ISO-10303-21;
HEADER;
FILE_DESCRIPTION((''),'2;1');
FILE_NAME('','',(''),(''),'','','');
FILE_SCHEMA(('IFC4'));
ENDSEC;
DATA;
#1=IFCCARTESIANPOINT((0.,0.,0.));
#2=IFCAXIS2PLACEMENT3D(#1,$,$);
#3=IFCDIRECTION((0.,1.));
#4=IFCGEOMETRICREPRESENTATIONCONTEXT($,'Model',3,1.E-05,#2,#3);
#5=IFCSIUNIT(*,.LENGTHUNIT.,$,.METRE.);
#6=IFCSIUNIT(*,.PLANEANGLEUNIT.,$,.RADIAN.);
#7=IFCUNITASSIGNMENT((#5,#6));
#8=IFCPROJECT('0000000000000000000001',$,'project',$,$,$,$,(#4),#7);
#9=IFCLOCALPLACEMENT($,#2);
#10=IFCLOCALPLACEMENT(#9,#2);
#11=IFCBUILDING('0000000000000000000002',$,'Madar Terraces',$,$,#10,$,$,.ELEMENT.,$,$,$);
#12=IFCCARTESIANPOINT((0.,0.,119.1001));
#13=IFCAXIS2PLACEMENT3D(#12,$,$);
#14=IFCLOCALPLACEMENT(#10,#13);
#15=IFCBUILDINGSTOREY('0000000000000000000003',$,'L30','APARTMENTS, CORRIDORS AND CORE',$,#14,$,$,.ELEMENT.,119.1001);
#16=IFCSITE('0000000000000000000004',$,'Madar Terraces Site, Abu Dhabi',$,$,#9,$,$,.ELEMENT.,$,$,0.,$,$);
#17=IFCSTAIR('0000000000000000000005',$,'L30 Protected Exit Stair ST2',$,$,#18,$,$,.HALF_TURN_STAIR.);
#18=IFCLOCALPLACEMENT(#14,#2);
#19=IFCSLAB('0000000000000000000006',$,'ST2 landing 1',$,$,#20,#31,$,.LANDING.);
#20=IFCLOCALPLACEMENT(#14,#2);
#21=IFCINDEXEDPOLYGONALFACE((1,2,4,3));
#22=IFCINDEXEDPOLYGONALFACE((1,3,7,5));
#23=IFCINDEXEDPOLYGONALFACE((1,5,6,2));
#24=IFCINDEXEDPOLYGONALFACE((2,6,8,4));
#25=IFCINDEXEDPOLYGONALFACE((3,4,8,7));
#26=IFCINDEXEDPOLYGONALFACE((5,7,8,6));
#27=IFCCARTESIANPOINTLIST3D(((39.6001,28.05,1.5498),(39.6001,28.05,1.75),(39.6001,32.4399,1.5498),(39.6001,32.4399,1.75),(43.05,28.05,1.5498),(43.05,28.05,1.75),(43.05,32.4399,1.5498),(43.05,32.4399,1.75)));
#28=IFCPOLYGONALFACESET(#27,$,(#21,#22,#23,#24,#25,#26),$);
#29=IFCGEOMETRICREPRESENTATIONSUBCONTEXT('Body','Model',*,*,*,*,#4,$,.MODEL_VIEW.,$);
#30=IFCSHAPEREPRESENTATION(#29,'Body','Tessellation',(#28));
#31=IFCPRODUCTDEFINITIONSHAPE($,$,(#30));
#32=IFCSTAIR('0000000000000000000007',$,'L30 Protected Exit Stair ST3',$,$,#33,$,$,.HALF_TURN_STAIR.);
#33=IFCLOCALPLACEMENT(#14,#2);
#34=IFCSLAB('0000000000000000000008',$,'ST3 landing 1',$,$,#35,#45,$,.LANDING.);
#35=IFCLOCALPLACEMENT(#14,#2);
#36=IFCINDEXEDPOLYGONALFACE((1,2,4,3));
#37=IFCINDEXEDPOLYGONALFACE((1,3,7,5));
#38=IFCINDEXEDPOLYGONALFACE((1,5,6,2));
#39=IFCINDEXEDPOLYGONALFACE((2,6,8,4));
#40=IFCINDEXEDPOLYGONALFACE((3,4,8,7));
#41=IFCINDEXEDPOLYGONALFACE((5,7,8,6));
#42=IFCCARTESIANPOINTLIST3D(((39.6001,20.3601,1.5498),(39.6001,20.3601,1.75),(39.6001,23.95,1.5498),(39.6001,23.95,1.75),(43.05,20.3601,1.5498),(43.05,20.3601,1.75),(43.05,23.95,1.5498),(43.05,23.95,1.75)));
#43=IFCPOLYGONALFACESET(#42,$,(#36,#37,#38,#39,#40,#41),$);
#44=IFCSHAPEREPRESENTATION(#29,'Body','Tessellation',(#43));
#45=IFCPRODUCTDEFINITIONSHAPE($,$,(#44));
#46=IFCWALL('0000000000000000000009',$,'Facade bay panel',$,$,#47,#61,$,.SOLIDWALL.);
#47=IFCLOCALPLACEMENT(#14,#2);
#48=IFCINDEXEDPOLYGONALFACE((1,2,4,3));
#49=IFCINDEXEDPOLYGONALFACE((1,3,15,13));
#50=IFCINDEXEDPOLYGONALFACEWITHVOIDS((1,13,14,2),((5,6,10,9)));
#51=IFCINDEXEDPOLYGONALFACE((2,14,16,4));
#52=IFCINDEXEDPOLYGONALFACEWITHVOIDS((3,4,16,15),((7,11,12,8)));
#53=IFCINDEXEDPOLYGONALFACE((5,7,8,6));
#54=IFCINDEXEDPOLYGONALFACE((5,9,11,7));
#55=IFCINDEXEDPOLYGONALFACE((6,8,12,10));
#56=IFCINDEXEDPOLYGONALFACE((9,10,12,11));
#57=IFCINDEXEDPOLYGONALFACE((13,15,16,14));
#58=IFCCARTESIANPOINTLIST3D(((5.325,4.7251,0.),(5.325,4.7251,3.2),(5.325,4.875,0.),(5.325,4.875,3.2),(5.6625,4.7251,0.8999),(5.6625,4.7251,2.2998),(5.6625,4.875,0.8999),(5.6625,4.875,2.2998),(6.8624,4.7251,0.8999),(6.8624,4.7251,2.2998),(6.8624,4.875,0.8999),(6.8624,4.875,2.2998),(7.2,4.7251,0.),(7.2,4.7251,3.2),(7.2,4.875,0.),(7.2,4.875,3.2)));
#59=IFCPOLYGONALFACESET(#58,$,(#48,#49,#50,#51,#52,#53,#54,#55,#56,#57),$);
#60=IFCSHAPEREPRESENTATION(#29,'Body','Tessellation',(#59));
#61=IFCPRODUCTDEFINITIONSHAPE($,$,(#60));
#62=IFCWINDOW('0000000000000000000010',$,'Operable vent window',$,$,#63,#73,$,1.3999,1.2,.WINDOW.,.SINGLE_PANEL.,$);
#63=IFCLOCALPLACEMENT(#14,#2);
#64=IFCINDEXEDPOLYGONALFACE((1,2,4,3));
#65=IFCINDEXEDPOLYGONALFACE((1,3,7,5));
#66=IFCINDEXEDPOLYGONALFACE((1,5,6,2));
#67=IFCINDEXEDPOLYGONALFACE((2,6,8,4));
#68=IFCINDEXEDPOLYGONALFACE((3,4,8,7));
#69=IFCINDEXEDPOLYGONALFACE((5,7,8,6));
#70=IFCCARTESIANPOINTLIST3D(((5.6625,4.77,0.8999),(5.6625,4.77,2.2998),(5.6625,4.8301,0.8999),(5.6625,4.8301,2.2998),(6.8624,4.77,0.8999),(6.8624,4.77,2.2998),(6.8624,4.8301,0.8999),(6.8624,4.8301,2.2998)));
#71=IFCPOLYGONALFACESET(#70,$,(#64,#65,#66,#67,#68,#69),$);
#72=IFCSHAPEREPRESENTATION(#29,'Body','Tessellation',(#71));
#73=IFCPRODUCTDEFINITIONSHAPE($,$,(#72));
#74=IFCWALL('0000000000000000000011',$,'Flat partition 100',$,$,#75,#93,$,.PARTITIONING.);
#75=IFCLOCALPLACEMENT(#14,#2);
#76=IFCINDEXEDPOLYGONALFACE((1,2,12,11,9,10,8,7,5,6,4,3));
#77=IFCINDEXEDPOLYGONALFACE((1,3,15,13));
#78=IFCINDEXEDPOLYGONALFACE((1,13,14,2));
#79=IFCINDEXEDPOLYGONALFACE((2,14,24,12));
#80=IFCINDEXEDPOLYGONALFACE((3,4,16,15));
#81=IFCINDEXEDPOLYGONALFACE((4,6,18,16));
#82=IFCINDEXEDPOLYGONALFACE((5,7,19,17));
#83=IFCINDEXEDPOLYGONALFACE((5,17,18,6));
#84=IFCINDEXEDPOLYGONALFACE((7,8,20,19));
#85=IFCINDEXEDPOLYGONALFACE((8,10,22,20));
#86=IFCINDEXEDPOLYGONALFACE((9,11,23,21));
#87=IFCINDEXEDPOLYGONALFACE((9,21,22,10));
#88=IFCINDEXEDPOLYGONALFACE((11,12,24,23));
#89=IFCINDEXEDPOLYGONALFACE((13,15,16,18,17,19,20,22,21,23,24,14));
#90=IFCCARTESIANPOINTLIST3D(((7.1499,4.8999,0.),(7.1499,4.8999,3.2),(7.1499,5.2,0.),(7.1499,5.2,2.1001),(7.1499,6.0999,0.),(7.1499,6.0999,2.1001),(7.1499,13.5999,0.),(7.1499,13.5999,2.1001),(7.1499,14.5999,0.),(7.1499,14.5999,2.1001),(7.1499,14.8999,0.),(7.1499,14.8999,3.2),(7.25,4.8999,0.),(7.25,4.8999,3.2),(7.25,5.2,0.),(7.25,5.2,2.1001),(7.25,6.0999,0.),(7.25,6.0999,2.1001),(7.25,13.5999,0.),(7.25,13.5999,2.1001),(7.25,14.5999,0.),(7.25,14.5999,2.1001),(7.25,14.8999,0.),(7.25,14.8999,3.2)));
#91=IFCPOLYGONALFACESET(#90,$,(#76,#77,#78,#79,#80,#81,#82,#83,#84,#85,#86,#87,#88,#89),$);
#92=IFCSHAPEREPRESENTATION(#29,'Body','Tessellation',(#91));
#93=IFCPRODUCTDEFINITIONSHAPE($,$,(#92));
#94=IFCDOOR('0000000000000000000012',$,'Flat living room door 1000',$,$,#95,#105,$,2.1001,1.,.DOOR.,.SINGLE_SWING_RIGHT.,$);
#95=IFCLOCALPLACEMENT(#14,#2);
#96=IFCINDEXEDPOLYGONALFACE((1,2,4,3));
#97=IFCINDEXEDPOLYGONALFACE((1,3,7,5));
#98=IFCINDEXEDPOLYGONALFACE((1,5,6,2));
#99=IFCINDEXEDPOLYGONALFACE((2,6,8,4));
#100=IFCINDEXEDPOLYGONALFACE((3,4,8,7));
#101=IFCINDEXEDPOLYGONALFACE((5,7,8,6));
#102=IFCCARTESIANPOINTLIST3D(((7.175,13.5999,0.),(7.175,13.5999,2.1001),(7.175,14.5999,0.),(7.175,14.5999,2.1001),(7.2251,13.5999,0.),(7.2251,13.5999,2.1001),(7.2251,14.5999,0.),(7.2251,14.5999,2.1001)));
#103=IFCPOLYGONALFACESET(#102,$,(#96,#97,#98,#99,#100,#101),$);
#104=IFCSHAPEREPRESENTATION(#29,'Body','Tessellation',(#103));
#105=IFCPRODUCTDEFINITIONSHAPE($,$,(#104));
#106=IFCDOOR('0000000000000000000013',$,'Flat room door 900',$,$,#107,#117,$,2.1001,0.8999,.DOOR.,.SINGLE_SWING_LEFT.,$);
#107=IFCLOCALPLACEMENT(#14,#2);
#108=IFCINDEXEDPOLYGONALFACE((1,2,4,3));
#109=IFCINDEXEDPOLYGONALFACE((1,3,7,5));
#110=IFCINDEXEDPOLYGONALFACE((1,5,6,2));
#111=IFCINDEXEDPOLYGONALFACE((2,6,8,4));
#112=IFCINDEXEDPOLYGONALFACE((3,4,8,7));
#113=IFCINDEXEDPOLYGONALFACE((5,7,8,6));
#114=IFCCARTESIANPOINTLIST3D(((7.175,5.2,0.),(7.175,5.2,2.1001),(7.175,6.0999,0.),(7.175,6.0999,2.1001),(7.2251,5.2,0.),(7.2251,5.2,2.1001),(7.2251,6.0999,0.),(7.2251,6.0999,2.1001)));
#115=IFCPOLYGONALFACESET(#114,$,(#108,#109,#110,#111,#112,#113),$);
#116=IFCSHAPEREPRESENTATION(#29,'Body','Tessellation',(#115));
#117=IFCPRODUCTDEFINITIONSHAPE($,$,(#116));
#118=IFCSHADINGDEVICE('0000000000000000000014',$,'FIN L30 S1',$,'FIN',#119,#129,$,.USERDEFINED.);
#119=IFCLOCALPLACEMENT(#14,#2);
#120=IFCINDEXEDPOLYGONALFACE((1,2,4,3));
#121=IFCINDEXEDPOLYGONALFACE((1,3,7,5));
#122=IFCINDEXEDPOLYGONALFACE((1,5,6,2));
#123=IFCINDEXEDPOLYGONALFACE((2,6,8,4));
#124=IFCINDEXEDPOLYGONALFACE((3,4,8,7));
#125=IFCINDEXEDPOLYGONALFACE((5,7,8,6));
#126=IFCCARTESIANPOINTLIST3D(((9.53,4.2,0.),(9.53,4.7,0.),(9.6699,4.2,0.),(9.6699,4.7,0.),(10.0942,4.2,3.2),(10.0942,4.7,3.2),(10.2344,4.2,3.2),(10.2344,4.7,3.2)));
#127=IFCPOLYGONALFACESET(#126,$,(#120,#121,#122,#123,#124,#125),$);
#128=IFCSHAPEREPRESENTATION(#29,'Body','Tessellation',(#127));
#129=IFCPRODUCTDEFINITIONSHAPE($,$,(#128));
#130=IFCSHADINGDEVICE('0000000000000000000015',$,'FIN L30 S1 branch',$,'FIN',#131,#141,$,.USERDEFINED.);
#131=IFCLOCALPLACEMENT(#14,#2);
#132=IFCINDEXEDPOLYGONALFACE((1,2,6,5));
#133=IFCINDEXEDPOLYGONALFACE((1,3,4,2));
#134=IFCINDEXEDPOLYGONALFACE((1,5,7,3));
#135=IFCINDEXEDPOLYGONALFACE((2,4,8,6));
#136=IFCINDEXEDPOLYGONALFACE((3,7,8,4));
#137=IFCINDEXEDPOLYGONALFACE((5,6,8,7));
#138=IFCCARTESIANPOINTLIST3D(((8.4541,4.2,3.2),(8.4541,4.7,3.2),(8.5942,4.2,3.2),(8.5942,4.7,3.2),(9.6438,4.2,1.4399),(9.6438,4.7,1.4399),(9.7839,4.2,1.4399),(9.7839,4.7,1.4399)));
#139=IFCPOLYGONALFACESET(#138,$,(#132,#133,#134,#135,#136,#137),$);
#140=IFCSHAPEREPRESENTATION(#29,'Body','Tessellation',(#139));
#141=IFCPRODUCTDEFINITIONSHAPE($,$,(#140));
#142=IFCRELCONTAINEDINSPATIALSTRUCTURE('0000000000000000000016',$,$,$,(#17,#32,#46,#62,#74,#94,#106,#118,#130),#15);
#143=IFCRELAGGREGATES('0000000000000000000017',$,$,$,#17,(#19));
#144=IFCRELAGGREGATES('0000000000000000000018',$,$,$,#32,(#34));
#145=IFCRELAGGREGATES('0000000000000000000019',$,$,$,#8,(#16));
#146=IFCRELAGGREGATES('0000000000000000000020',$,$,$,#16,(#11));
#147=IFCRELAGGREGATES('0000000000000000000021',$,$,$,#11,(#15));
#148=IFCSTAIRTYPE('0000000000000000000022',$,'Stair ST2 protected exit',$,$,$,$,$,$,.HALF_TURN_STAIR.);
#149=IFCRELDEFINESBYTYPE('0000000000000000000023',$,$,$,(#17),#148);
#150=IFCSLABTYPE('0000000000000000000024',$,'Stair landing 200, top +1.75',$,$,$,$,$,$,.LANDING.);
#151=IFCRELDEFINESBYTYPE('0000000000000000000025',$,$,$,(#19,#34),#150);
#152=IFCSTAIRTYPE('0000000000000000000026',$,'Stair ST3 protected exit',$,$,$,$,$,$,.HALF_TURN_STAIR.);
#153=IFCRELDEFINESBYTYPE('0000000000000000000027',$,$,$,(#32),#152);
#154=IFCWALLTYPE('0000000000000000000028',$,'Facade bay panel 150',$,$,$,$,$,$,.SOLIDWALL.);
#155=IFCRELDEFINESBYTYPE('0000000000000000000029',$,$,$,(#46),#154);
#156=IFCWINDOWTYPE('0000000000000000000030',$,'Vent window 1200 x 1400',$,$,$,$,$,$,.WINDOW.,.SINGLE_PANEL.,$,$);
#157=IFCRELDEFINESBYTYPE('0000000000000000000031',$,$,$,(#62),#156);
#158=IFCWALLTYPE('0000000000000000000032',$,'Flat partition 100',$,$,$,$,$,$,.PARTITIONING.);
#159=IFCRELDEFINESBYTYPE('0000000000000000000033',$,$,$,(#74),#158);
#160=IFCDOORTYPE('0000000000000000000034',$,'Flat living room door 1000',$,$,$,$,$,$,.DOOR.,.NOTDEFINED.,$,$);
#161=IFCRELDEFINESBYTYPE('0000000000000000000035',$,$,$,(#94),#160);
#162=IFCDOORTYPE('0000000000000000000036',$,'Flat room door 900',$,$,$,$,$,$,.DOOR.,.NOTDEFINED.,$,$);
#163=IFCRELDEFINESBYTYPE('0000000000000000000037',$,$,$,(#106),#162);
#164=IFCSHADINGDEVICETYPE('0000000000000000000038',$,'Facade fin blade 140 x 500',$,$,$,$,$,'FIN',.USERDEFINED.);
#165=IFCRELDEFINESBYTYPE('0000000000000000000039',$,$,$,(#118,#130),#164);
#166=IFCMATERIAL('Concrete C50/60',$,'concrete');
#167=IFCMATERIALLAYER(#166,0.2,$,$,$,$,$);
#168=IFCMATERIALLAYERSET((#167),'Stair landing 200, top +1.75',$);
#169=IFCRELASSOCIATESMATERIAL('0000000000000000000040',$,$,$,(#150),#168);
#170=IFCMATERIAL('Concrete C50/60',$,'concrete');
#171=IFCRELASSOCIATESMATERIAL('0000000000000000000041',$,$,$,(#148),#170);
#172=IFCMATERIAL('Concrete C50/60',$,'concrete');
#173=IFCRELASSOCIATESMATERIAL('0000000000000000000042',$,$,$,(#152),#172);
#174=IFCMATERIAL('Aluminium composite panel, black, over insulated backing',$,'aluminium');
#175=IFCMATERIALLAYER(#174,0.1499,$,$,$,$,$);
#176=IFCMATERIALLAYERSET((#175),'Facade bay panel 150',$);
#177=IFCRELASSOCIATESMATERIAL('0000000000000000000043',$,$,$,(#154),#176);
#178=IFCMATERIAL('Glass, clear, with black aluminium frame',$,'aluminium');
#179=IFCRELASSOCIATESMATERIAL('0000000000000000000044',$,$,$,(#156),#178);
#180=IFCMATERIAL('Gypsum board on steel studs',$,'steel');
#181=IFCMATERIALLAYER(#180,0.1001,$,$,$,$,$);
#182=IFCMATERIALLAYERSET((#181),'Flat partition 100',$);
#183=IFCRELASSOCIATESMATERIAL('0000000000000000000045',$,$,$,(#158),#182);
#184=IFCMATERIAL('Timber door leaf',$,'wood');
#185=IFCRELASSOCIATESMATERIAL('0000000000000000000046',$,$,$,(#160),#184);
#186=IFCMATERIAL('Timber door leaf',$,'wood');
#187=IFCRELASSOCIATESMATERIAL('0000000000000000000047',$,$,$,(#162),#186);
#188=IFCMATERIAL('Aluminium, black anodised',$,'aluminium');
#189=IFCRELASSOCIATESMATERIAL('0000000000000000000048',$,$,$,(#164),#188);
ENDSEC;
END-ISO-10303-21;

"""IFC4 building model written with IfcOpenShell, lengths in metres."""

from ifc_helpers import new_model, si_unit, direction, frame, frame_2d, origin, place, context, subcontext, project, spatial, polyline, rectangle, outline, extrude, material, layer, layer_set, type_object, element, fill, aggregate, save


model = new_model("IFC4")

# Units and contexts
model_context = context("Model", 3, precision=1e-05, world=origin(), true_north=direction((0.0, 1.0)))
body_context = subcontext(model_context, "Body", "Model", "MODEL_VIEW")
ifc_project = project(units=[si_unit("LENGTHUNIT", "METRE"), si_unit("PLANEANGLEUNIT", "RADIAN")], contexts=[model_context])

# Site, building, storey
site_placement = place(None, origin())
site = spatial("IfcSite", under=ifc_project, at=site_placement, Name="Madar Terraces Site, Abu Dhabi", CompositionType="ELEMENT", RefElevation=0.0)
building_placement = place(site_placement, origin())
building = spatial("IfcBuilding", under=site, at=building_placement, Name="Madar Terraces", CompositionType="ELEMENT")
storey_placement = place(building_placement, frame((0.0, 0.0, 119.1001)))
storey = spatial("IfcBuildingStorey", under=building, at=storey_placement, Name="L30", Description="APARTMENTS, CORRIDORS AND CORE", CompositionType="ELEMENT", Elevation=119.1001)

# Stairs, slabs
ifc_material_1 = material(Name="Concrete C50/60", Category="concrete")
ifc_layer_1 = layer(ifc_material_1, 0.2)
ifc_layer_set_1 = layer_set([ifc_layer_1], Name="Stair landing 200, top +1.75")
slab_type_1 = type_object("IfcSlabType", Name="Stair landing 200, top +1.75", PredefinedType="LANDING", material=ifc_layer_set_1)
ifc_material_2 = material(Name="Concrete C50/60", Category="concrete")
stair_type_1 = type_object("IfcStairType", Name="Stair ST2 protected exit", PredefinedType="HALF_TURN_STAIR", material=ifc_material_2)
stair_1_placement = place(storey_placement, origin())
stair_1 = element("IfcStair", 1, at=stair_1_placement, inside=storey, type_object=stair_type_1, Name="L30 Protected Exit Stair ST2", PredefinedType="HALF_TURN_STAIR")
slab_1_placement = place(storey_placement, frame((0.0, 0.0, 1.5498)))
slab_1 = element("IfcSlab", 2, at=slab_1_placement, type_object=slab_type_1, Name="ST2 landing 1", PredefinedType="LANDING", context=body_context, shape_type="SweptSolid", body=[
    extrude(outline(polyline([(39.6001, 28.05), (43.05, 28.05), (43.05, 32.4399), (39.6001, 32.4399), (39.6001, 28.05)])), origin(), (0.0, 0.0, 1.0), 0.2002),
])
aggregate(stair_1, [slab_1])
ifc_material_3 = material(Name="Concrete C50/60", Category="concrete")
stair_type_2 = type_object("IfcStairType", Name="Stair ST3 protected exit", PredefinedType="HALF_TURN_STAIR", material=ifc_material_3)
stair_2_placement = place(storey_placement, origin())
stair_2 = element("IfcStair", 3, at=stair_2_placement, inside=storey, type_object=stair_type_2, Name="L30 Protected Exit Stair ST3", PredefinedType="HALF_TURN_STAIR")
slab_2_placement = place(storey_placement, frame((0.0, 0.0, 1.5498)))
slab_2 = element("IfcSlab", 4, at=slab_2_placement, type_object=slab_type_1, Name="ST3 landing 1", PredefinedType="LANDING", context=body_context, shape_type="SweptSolid", body=[
    extrude(outline(polyline([(39.6001, 20.3601), (43.05, 20.3601), (43.05, 23.95), (39.6001, 23.95), (39.6001, 20.3601)])), origin(), (0.0, 0.0, 1.0), 0.2002),
])
aggregate(stair_2, [slab_2])

# Wall, opening, window
ifc_material_4 = material(Name="Aluminium composite panel, black, over insulated backing", Category="aluminium")
ifc_layer_2 = layer(ifc_material_4, 0.1499)
ifc_layer_set_2 = layer_set([ifc_layer_2], Name="Facade bay panel 150")
wall_type_1 = type_object("IfcWallType", Name="Facade bay panel 150", PredefinedType="SOLIDWALL", material=ifc_layer_set_2)
wall_1_placement = place(storey_placement, frame((5.325, 4.8, 0.0), z_axis=(0.0, 0.0, 1.0), x_axis=(1.0, 0.0, 0.0)))
wall_1 = element("IfcWall", 5, at=wall_1_placement, inside=storey, type_object=wall_type_1, Name="Facade bay panel", PredefinedType="SOLIDWALL", context=body_context, shape_type="SweptSolid", body=[
    extrude(rectangle(XDim=1.875, YDim=0.1499, at=frame_2d((0.9375, 0.0))), origin(), (0.0, 0.0, 1.0), 3.2),
])
opening_1_placement = place(wall_1_placement, frame((0.3374, 0.0, 0.8999)))
opening_1 = element("IfcOpeningElement", 6, at=opening_1_placement, cuts=wall_1, PredefinedType="OPENING", context=body_context, shape_type="SweptSolid", body=[
    extrude(rectangle(XDim=1.2, YDim=1.3999, at=frame_2d((0.6001, 0.7))), frame((0.0, 0.085, 0.0), z_axis=(0.0, -1.0, 0.0), x_axis=(1.0, 0.0, 0.0)), (0.0, 0.0, 1.0), 0.1699),
])
ifc_material_5 = material(Name="Glass, clear, with black aluminium frame", Category="aluminium")
window_type = type_object("IfcWindowType", Name="Vent window 1200 x 1400", PartitioningType="SINGLE_PANEL", PredefinedType="WINDOW", material=ifc_material_5)
window_placement = place(opening_1_placement, origin())
window = element("IfcWindow", 7, at=window_placement, inside=storey, type_object=window_type, Name="Operable vent window", OverallHeight=1.3999, OverallWidth=1.2, PartitioningType="SINGLE_PANEL", PredefinedType="WINDOW", context=body_context, shape_type="SweptSolid", body=[
    extrude(rectangle(XDim=1.2, YDim=1.3999, at=frame_2d((0.6001, 0.7))), frame((0.0, 0.03, 0.0), z_axis=(0.0, -1.0, 0.0), x_axis=(1.0, 0.0, 0.0)), (0.0, 0.0, 1.0), 0.0601),
])
fill(opening_1, window)

# Wall, openings, doors
ifc_material_6 = material(Name="Gypsum board on steel studs", Category="steel")
ifc_layer_3 = layer(ifc_material_6, 0.1001)
ifc_layer_set_3 = layer_set([ifc_layer_3], Name="Flat partition 100")
wall_type_2 = type_object("IfcWallType", Name="Flat partition 100", PredefinedType="PARTITIONING", material=ifc_layer_set_3)
wall_2_placement = place(storey_placement, frame((7.2, 4.8999, 0.0), z_axis=(0.0, 0.0, 1.0), x_axis=(0.0, 1.0, 0.0)))
wall_2 = element("IfcWall", 8, at=wall_2_placement, inside=storey, type_object=wall_type_2, Name="Flat partition 100", PredefinedType="PARTITIONING", context=body_context, shape_type="SweptSolid", body=[
    extrude(rectangle(XDim=10.0, YDim=0.1001, at=frame_2d((5.0, 0.0))), origin(), (0.0, 0.0, 1.0), 3.2),
])
opening_2_placement = place(wall_2_placement, frame((8.7, 0.0, 0.0)))
opening_2 = element("IfcOpeningElement", 9, at=opening_2_placement, cuts=wall_2, PredefinedType="OPENING", context=body_context, shape_type="SweptSolid", body=[
    extrude(rectangle(XDim=1.0, YDim=2.1001, at=frame_2d((0.5, 1.05))), frame((0.0, 0.0601, 0.0), z_axis=(0.0, -1.0, 0.0), x_axis=(1.0, 0.0, 0.0)), (0.0, 0.0, 1.0), 0.1201),
])
opening_3_placement = place(wall_2_placement, frame((0.3, 0.0, 0.0)))
opening_3 = element("IfcOpeningElement", 10, at=opening_3_placement, cuts=wall_2, PredefinedType="OPENING", context=body_context, shape_type="SweptSolid", body=[
    extrude(rectangle(XDim=0.8999, YDim=2.1001, at=frame_2d((0.45, 1.05))), frame((0.0, 0.0601, 0.0), z_axis=(0.0, -1.0, 0.0), x_axis=(1.0, 0.0, 0.0)), (0.0, 0.0, 1.0), 0.1201),
])
ifc_material_7 = material(Name="Timber door leaf", Category="wood")
door_type_1 = type_object("IfcDoorType", Name="Flat living room door 1000", OperationType="NOTDEFINED", PredefinedType="DOOR", material=ifc_material_7)
door_1_placement = place(opening_2_placement, origin())
door_1 = element("IfcDoor", 11, at=door_1_placement, inside=storey, type_object=door_type_1, Name="Flat living room door 1000", OperationType="SINGLE_SWING_RIGHT", OverallHeight=2.1001, OverallWidth=1.0, PredefinedType="DOOR", context=body_context, shape_type="SweptSolid", body=[
    extrude(rectangle(XDim=1.0, YDim=2.1001, at=frame_2d((0.5, 1.05))), frame((0.0, 0.0249, 0.0), z_axis=(0.0, -1.0, 0.0), x_axis=(1.0, 0.0, 0.0)), (0.0, 0.0, 1.0), 0.05),
])
fill(opening_2, door_1)
ifc_material_8 = material(Name="Timber door leaf", Category="wood")
door_type_2 = type_object("IfcDoorType", Name="Flat room door 900", OperationType="NOTDEFINED", PredefinedType="DOOR", material=ifc_material_8)
door_2_placement = place(opening_3_placement, origin())
door_2 = element("IfcDoor", 12, at=door_2_placement, inside=storey, type_object=door_type_2, Name="Flat room door 900", OperationType="SINGLE_SWING_LEFT", OverallHeight=2.1001, OverallWidth=0.8999, PredefinedType="DOOR", context=body_context, shape_type="SweptSolid", body=[
    extrude(rectangle(XDim=0.8999, YDim=2.1001, at=frame_2d((0.45, 1.05))), frame((0.0, 0.0249, 0.0), z_axis=(0.0, -1.0, 0.0), x_axis=(1.0, 0.0, 0.0)), (0.0, 0.0, 1.0), 0.05),
])
fill(opening_3, door_2)

# Shading devices
ifc_material_9 = material(Name="Aluminium, black anodised", Category="aluminium")
shading_device_type = type_object("IfcShadingDeviceType", Name="Facade fin blade 140 x 500", ElementType="FIN", PredefinedType="USERDEFINED", material=ifc_material_9)
shading_device_1_placement = place(storey_placement, frame((9.53, 4.45, 0.0), z_axis=(0.0, 0.0, 1.0), x_axis=(1.0, 0.0, 0.0)))
element("IfcShadingDevice", 13, at=shading_device_1_placement, inside=storey, type_object=shading_device_type, Name="FIN L30 S1", ObjectType="FIN", PredefinedType="USERDEFINED", context=body_context, shape_type="SweptSolid", body=[
    extrude(outline(polyline([(0.0, 0.0), (0.1399, 0.0), (0.7043, 3.2), (0.5642, 3.2), (0.0, 0.0)])), frame((0.0, 0.25, 0.0), z_axis=(0.0, -1.0, 0.0), x_axis=(1.0, 0.0, 0.0)), (0.0, 0.0, 1.0), 0.5),
])
shading_device_2_placement = place(storey_placement, frame((9.6438, 4.45, 1.4399), z_axis=(0.0, 0.0, 1.0), x_axis=(1.0, 0.0, 0.0)))
element("IfcShadingDevice", 14, at=shading_device_2_placement, inside=storey, type_object=shading_device_type, Name="FIN L30 S1 branch", ObjectType="FIN", PredefinedType="USERDEFINED", context=body_context, shape_type="SweptSolid", body=[
    extrude(outline(polyline([(0.0, 0.0), (0.1401, 0.0), (-1.0496, 1.76), (-1.1897, 1.76), (0.0, 0.0)])), frame((0.0, 0.25, 0.0), z_axis=(0.0, -1.0, 0.0), x_axis=(1.0, 0.0, 0.0)), (0.0, 0.0, 1.0), 0.5),
])

save(model, "model.ifc")
